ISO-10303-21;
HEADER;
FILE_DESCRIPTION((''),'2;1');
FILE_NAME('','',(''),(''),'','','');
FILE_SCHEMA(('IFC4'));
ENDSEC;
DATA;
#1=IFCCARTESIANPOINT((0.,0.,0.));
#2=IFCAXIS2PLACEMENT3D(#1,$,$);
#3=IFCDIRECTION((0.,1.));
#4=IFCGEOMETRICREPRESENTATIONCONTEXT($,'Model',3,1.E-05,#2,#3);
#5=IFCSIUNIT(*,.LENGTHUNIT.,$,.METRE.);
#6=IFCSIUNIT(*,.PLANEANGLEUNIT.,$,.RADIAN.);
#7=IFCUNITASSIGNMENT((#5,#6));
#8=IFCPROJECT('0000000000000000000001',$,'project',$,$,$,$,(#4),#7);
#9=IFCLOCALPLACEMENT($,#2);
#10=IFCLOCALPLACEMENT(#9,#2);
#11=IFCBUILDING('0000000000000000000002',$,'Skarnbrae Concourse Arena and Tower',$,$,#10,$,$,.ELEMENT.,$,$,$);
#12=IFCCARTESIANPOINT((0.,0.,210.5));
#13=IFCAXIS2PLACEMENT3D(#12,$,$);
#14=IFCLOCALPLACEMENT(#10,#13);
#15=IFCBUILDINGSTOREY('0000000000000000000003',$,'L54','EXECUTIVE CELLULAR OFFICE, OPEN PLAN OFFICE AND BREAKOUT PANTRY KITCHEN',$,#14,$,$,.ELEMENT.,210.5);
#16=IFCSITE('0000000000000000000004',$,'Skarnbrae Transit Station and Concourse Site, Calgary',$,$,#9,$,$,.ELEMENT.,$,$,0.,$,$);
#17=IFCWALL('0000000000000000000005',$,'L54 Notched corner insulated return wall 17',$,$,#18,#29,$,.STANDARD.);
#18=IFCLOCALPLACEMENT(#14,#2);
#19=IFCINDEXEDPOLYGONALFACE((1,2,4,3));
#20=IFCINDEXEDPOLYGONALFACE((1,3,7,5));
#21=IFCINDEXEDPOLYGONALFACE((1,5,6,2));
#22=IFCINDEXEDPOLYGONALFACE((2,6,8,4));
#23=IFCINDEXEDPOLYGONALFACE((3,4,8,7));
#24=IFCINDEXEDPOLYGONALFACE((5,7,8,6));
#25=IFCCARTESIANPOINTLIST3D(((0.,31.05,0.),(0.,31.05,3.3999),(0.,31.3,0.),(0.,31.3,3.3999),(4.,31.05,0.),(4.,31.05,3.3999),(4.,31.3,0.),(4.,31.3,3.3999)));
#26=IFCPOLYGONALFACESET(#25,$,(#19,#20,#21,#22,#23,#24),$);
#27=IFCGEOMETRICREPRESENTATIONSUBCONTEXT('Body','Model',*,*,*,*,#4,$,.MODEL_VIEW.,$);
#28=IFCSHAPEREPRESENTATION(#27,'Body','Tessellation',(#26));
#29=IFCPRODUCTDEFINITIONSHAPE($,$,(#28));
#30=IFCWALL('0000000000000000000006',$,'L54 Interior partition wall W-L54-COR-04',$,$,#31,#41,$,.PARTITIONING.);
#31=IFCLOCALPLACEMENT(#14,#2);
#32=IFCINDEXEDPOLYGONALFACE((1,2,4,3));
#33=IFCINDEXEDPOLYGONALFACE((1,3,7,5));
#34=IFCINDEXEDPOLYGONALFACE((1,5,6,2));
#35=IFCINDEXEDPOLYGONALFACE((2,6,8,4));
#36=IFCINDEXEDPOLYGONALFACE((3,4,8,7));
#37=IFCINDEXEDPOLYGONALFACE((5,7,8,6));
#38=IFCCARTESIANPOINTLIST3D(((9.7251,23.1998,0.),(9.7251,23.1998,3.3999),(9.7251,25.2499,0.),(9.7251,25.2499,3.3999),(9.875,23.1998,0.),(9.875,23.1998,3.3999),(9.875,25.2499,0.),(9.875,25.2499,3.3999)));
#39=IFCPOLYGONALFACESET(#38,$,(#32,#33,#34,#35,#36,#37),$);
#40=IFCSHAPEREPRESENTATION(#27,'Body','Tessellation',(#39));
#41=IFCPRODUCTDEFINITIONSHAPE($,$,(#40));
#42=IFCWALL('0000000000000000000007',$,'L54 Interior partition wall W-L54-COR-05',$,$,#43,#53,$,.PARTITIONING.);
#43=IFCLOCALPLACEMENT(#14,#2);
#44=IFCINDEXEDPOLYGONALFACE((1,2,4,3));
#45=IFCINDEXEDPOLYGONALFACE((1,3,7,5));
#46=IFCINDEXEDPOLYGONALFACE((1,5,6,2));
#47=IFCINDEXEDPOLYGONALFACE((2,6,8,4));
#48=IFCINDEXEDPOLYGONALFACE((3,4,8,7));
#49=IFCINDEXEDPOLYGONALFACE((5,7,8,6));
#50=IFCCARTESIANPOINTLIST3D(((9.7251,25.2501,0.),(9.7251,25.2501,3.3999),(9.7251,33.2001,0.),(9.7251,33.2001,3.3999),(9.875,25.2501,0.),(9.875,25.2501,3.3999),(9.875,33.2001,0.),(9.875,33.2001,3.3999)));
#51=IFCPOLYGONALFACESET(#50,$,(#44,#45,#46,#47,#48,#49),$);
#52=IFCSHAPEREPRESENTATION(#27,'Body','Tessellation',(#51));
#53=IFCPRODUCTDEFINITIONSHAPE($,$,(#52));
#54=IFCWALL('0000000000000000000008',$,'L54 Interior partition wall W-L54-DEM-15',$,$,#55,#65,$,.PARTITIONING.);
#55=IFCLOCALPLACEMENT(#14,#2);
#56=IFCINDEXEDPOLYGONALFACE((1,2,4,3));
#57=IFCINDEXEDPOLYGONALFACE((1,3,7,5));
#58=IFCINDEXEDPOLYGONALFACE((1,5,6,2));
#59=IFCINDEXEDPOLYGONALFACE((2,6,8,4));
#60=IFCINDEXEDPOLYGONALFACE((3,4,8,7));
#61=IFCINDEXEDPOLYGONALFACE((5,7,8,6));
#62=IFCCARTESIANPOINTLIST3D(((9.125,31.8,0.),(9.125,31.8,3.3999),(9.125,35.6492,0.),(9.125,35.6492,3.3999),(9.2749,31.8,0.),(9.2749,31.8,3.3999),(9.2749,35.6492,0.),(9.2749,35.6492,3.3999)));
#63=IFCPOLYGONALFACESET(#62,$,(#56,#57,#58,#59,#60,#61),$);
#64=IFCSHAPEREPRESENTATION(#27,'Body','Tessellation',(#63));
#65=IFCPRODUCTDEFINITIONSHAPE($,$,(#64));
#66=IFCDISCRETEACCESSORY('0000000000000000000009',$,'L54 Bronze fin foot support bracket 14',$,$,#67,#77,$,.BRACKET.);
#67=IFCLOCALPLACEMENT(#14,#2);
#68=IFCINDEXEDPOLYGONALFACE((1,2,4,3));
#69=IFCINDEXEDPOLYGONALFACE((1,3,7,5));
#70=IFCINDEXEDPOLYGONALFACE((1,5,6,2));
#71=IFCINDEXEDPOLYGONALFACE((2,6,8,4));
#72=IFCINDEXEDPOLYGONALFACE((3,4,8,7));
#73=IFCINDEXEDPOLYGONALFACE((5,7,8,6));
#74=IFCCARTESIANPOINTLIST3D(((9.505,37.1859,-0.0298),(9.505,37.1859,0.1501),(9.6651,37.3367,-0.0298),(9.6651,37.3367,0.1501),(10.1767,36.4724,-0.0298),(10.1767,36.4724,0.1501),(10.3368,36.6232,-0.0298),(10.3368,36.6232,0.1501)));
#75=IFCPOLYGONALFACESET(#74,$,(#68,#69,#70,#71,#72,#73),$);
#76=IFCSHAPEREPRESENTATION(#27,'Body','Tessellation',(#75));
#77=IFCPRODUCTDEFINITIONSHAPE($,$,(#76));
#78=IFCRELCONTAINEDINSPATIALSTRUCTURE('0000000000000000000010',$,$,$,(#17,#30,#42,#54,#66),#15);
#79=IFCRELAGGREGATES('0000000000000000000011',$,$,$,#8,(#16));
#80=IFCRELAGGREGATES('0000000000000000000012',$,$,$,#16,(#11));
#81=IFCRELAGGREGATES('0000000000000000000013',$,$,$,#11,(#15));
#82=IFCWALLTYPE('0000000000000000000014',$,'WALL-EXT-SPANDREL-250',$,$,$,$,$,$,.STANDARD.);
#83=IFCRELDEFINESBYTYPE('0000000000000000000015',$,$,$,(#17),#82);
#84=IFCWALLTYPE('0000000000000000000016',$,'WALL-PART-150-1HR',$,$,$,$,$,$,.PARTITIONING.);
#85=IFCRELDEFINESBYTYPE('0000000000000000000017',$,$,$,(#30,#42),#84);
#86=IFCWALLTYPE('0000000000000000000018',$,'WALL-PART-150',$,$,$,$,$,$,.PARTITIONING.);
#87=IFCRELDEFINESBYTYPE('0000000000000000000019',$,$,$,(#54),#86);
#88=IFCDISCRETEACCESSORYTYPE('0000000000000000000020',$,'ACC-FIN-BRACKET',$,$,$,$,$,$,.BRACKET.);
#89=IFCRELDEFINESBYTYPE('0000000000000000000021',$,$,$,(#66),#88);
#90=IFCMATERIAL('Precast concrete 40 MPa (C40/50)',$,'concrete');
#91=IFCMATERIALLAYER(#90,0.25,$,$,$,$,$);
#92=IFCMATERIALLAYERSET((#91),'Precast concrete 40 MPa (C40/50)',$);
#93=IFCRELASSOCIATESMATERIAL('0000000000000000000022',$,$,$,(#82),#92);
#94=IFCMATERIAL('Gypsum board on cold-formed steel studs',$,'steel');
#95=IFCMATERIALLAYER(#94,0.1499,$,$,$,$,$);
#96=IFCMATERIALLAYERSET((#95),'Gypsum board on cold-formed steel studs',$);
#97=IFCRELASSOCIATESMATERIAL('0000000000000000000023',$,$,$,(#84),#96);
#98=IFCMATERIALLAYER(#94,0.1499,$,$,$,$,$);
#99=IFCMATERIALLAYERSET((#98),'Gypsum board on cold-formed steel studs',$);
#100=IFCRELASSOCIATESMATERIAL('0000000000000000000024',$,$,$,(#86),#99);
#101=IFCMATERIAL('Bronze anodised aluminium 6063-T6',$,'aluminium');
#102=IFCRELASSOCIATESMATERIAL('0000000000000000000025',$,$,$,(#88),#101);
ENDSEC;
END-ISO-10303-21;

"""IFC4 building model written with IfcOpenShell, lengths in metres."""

from ifc_helpers import new_model, si_unit, direction, frame, frame_2d, origin, origin_2d, place, context, subcontext, project, spatial, rectangle, extrude, source, transform, mapped, material, layer, layer_set, type_object, element, save


model = new_model("IFC4")

# Units and contexts
model_context = context("Model", 3, precision=1e-05, world=origin(), true_north=direction((0.0, 1.0)))
body_context = subcontext(model_context, "Body", "Model", "MODEL_VIEW")
ifc_project = project(units=[si_unit("LENGTHUNIT", "METRE"), si_unit("PLANEANGLEUNIT", "RADIAN")], contexts=[model_context])

# Site, building, storey
site_placement = place(None, origin())
site = spatial("IfcSite", under=ifc_project, at=site_placement, Name="Skarnbrae Transit Station and Concourse Site, Calgary", CompositionType="ELEMENT", RefElevation=0.0)
building_placement = place(site_placement, origin())
building = spatial("IfcBuilding", under=site, at=building_placement, Name="Skarnbrae Concourse Arena and Tower", CompositionType="ELEMENT")
storey_placement = place(building_placement, frame((0.0, 0.0, 210.5)))
storey = spatial("IfcBuildingStorey", under=building, at=storey_placement, Name="L54", Description="EXECUTIVE CELLULAR OFFICE, OPEN PLAN OFFICE AND BREAKOUT PANTRY KITCHEN", CompositionType="ELEMENT", Elevation=210.5)

# Shared definitions
ifc_material_1 = material(Name="Bronze anodised aluminium 6063-T6", Category="aluminium")

# Walls
ifc_material_2 = material(Name="Precast concrete 40 MPa (C40/50)", Category="concrete")
ifc_layer_1 = layer(ifc_material_2, 0.25)
ifc_layer_set_1 = layer_set([ifc_layer_1], Name="Precast concrete 40 MPa (C40/50)")
wall_type_1 = type_object("IfcWallType", Name="WALL-EXT-SPANDREL-250", PredefinedType="STANDARD", material=ifc_layer_set_1)
shared_shape_1 = source(origin(), body_context, "Body", "SweptSolid", [
    extrude(rectangle(XDim=4.0, YDim=0.25, at=frame_2d((2.0, 0.0))), origin(), (0.0, 0.0, 1.0), 3.3999),
])
for number, where, z_axis, x_axis, name in (
    (1, (4.0, 31.175, 0.0), (0.0, 0.0, 1.0), (-1.0, 0.0, 0.0), "L54 Notched corner insulated return wall 17"),
):
    element("IfcWall", number, at=place(storey_placement, frame(where, z_axis=z_axis, x_axis=x_axis)), inside=storey, type_object=wall_type_1, Name=name, PredefinedType="STANDARD", context=body_context, shape_type="MappedRepresentation", body=[
        mapped(shared_shape_1, transform((0.0, 0.0, 0.0))),
    ])
ifc_material_3 = material(Name="Gypsum board on cold-formed steel studs", Category="steel")
ifc_layer_2 = layer(ifc_material_3, 0.1499)
ifc_layer_set_2 = layer_set([ifc_layer_2], Name="Gypsum board on cold-formed steel studs")
wall_type_2 = type_object("IfcWallType", Name="WALL-PART-150-1HR", PredefinedType="PARTITIONING", material=ifc_layer_set_2)
shared_shape_2 = source(origin(), body_context, "Body", "SweptSolid", [
    extrude(rectangle(XDim=2.05, YDim=0.1499, at=frame_2d((1.0249, 0.0))), origin(), (0.0, 0.0, 1.0), 3.3999),
])
wall_1_placement = place(storey_placement, frame((9.8, 23.2, 0.0), z_axis=(0.0, 0.0, 1.0), x_axis=(0.0, 1.0, 0.0)))
element("IfcWall", 2, at=wall_1_placement, inside=storey, type_object=wall_type_2, Name="L54 Interior partition wall W-L54-COR-04", PredefinedType="PARTITIONING", context=body_context, shape_type="MappedRepresentation", body=[
    mapped(shared_shape_2, transform((0.0, 0.0, 0.0))),
])

# Walls
shared_shape_3 = source(origin(), body_context, "Body", "SweptSolid", [
    extrude(rectangle(XDim=7.95, YDim=0.1499, at=frame_2d((3.9751, 0.0))), origin(), (0.0, 0.0, 1.0), 3.3999),
])
wall_2_placement = place(storey_placement, frame((9.8, 25.25, 0.0), z_axis=(0.0, 0.0, 1.0), x_axis=(0.0, 1.0, 0.0)))
element("IfcWall", 3, at=wall_2_placement, inside=storey, type_object=wall_type_2, Name="L54 Interior partition wall W-L54-COR-05", PredefinedType="PARTITIONING", context=body_context, shape_type="MappedRepresentation", body=[
    mapped(shared_shape_3, transform((0.0, 0.0, 0.0))),
])
ifc_layer_3 = layer(ifc_material_3, 0.1499)
ifc_layer_set_3 = layer_set([ifc_layer_3], Name="Gypsum board on cold-formed steel studs")
wall_type_3 = type_object("IfcWallType", Name="WALL-PART-150", PredefinedType="PARTITIONING", material=ifc_layer_set_3)
shared_shape_4 = source(origin(), body_context, "Body", "SweptSolid", [
    extrude(rectangle(XDim=3.8491, YDim=0.1499, at=frame_2d((1.9246, 0.0))), origin(), (0.0, 0.0, 1.0), 3.3999),
])
wall_3_placement = place(storey_placement, frame((9.2, 35.6492, 0.0), z_axis=(0.0, 0.0, 1.0), x_axis=(0.0, -1.0, 0.0)))
element("IfcWall", 4, at=wall_3_placement, inside=storey, type_object=wall_type_3, Name="L54 Interior partition wall W-L54-DEM-15", PredefinedType="PARTITIONING", context=body_context, shape_type="MappedRepresentation", body=[
    mapped(shared_shape_4, transform((0.0, 0.0, 0.0))),
])

# Discrete accessory
discrete_accessory_type = type_object("IfcDiscreteAccessoryType", Name="ACC-FIN-BRACKET", PredefinedType="BRACKET", material=ifc_material_1)
shared_shape_5 = source(origin(), body_context, "Body", "SweptSolid", [
    extrude(rectangle(XDim=0.22, YDim=0.98, at=origin_2d()), origin(), (0.0, 0.0, 1.0), 0.1799),
])
discrete_accessory_placement = place(storey_placement, frame((9.9209, 36.9045, -0.0298), z_axis=(0.0, 0.0, 1.0), x_axis=(0.728132, 0.685437, 0.0)))
element("IfcDiscreteAccessory", 5, at=discrete_accessory_placement, inside=storey, type_object=discrete_accessory_type, Name="L54 Bronze fin foot support bracket 14", PredefinedType="BRACKET", context=body_context, shape_type="MappedRepresentation", body=[
    mapped(shared_shape_5, transform((0.0, 0.0, 0.0))),
])

save(model, "model.ifc")
